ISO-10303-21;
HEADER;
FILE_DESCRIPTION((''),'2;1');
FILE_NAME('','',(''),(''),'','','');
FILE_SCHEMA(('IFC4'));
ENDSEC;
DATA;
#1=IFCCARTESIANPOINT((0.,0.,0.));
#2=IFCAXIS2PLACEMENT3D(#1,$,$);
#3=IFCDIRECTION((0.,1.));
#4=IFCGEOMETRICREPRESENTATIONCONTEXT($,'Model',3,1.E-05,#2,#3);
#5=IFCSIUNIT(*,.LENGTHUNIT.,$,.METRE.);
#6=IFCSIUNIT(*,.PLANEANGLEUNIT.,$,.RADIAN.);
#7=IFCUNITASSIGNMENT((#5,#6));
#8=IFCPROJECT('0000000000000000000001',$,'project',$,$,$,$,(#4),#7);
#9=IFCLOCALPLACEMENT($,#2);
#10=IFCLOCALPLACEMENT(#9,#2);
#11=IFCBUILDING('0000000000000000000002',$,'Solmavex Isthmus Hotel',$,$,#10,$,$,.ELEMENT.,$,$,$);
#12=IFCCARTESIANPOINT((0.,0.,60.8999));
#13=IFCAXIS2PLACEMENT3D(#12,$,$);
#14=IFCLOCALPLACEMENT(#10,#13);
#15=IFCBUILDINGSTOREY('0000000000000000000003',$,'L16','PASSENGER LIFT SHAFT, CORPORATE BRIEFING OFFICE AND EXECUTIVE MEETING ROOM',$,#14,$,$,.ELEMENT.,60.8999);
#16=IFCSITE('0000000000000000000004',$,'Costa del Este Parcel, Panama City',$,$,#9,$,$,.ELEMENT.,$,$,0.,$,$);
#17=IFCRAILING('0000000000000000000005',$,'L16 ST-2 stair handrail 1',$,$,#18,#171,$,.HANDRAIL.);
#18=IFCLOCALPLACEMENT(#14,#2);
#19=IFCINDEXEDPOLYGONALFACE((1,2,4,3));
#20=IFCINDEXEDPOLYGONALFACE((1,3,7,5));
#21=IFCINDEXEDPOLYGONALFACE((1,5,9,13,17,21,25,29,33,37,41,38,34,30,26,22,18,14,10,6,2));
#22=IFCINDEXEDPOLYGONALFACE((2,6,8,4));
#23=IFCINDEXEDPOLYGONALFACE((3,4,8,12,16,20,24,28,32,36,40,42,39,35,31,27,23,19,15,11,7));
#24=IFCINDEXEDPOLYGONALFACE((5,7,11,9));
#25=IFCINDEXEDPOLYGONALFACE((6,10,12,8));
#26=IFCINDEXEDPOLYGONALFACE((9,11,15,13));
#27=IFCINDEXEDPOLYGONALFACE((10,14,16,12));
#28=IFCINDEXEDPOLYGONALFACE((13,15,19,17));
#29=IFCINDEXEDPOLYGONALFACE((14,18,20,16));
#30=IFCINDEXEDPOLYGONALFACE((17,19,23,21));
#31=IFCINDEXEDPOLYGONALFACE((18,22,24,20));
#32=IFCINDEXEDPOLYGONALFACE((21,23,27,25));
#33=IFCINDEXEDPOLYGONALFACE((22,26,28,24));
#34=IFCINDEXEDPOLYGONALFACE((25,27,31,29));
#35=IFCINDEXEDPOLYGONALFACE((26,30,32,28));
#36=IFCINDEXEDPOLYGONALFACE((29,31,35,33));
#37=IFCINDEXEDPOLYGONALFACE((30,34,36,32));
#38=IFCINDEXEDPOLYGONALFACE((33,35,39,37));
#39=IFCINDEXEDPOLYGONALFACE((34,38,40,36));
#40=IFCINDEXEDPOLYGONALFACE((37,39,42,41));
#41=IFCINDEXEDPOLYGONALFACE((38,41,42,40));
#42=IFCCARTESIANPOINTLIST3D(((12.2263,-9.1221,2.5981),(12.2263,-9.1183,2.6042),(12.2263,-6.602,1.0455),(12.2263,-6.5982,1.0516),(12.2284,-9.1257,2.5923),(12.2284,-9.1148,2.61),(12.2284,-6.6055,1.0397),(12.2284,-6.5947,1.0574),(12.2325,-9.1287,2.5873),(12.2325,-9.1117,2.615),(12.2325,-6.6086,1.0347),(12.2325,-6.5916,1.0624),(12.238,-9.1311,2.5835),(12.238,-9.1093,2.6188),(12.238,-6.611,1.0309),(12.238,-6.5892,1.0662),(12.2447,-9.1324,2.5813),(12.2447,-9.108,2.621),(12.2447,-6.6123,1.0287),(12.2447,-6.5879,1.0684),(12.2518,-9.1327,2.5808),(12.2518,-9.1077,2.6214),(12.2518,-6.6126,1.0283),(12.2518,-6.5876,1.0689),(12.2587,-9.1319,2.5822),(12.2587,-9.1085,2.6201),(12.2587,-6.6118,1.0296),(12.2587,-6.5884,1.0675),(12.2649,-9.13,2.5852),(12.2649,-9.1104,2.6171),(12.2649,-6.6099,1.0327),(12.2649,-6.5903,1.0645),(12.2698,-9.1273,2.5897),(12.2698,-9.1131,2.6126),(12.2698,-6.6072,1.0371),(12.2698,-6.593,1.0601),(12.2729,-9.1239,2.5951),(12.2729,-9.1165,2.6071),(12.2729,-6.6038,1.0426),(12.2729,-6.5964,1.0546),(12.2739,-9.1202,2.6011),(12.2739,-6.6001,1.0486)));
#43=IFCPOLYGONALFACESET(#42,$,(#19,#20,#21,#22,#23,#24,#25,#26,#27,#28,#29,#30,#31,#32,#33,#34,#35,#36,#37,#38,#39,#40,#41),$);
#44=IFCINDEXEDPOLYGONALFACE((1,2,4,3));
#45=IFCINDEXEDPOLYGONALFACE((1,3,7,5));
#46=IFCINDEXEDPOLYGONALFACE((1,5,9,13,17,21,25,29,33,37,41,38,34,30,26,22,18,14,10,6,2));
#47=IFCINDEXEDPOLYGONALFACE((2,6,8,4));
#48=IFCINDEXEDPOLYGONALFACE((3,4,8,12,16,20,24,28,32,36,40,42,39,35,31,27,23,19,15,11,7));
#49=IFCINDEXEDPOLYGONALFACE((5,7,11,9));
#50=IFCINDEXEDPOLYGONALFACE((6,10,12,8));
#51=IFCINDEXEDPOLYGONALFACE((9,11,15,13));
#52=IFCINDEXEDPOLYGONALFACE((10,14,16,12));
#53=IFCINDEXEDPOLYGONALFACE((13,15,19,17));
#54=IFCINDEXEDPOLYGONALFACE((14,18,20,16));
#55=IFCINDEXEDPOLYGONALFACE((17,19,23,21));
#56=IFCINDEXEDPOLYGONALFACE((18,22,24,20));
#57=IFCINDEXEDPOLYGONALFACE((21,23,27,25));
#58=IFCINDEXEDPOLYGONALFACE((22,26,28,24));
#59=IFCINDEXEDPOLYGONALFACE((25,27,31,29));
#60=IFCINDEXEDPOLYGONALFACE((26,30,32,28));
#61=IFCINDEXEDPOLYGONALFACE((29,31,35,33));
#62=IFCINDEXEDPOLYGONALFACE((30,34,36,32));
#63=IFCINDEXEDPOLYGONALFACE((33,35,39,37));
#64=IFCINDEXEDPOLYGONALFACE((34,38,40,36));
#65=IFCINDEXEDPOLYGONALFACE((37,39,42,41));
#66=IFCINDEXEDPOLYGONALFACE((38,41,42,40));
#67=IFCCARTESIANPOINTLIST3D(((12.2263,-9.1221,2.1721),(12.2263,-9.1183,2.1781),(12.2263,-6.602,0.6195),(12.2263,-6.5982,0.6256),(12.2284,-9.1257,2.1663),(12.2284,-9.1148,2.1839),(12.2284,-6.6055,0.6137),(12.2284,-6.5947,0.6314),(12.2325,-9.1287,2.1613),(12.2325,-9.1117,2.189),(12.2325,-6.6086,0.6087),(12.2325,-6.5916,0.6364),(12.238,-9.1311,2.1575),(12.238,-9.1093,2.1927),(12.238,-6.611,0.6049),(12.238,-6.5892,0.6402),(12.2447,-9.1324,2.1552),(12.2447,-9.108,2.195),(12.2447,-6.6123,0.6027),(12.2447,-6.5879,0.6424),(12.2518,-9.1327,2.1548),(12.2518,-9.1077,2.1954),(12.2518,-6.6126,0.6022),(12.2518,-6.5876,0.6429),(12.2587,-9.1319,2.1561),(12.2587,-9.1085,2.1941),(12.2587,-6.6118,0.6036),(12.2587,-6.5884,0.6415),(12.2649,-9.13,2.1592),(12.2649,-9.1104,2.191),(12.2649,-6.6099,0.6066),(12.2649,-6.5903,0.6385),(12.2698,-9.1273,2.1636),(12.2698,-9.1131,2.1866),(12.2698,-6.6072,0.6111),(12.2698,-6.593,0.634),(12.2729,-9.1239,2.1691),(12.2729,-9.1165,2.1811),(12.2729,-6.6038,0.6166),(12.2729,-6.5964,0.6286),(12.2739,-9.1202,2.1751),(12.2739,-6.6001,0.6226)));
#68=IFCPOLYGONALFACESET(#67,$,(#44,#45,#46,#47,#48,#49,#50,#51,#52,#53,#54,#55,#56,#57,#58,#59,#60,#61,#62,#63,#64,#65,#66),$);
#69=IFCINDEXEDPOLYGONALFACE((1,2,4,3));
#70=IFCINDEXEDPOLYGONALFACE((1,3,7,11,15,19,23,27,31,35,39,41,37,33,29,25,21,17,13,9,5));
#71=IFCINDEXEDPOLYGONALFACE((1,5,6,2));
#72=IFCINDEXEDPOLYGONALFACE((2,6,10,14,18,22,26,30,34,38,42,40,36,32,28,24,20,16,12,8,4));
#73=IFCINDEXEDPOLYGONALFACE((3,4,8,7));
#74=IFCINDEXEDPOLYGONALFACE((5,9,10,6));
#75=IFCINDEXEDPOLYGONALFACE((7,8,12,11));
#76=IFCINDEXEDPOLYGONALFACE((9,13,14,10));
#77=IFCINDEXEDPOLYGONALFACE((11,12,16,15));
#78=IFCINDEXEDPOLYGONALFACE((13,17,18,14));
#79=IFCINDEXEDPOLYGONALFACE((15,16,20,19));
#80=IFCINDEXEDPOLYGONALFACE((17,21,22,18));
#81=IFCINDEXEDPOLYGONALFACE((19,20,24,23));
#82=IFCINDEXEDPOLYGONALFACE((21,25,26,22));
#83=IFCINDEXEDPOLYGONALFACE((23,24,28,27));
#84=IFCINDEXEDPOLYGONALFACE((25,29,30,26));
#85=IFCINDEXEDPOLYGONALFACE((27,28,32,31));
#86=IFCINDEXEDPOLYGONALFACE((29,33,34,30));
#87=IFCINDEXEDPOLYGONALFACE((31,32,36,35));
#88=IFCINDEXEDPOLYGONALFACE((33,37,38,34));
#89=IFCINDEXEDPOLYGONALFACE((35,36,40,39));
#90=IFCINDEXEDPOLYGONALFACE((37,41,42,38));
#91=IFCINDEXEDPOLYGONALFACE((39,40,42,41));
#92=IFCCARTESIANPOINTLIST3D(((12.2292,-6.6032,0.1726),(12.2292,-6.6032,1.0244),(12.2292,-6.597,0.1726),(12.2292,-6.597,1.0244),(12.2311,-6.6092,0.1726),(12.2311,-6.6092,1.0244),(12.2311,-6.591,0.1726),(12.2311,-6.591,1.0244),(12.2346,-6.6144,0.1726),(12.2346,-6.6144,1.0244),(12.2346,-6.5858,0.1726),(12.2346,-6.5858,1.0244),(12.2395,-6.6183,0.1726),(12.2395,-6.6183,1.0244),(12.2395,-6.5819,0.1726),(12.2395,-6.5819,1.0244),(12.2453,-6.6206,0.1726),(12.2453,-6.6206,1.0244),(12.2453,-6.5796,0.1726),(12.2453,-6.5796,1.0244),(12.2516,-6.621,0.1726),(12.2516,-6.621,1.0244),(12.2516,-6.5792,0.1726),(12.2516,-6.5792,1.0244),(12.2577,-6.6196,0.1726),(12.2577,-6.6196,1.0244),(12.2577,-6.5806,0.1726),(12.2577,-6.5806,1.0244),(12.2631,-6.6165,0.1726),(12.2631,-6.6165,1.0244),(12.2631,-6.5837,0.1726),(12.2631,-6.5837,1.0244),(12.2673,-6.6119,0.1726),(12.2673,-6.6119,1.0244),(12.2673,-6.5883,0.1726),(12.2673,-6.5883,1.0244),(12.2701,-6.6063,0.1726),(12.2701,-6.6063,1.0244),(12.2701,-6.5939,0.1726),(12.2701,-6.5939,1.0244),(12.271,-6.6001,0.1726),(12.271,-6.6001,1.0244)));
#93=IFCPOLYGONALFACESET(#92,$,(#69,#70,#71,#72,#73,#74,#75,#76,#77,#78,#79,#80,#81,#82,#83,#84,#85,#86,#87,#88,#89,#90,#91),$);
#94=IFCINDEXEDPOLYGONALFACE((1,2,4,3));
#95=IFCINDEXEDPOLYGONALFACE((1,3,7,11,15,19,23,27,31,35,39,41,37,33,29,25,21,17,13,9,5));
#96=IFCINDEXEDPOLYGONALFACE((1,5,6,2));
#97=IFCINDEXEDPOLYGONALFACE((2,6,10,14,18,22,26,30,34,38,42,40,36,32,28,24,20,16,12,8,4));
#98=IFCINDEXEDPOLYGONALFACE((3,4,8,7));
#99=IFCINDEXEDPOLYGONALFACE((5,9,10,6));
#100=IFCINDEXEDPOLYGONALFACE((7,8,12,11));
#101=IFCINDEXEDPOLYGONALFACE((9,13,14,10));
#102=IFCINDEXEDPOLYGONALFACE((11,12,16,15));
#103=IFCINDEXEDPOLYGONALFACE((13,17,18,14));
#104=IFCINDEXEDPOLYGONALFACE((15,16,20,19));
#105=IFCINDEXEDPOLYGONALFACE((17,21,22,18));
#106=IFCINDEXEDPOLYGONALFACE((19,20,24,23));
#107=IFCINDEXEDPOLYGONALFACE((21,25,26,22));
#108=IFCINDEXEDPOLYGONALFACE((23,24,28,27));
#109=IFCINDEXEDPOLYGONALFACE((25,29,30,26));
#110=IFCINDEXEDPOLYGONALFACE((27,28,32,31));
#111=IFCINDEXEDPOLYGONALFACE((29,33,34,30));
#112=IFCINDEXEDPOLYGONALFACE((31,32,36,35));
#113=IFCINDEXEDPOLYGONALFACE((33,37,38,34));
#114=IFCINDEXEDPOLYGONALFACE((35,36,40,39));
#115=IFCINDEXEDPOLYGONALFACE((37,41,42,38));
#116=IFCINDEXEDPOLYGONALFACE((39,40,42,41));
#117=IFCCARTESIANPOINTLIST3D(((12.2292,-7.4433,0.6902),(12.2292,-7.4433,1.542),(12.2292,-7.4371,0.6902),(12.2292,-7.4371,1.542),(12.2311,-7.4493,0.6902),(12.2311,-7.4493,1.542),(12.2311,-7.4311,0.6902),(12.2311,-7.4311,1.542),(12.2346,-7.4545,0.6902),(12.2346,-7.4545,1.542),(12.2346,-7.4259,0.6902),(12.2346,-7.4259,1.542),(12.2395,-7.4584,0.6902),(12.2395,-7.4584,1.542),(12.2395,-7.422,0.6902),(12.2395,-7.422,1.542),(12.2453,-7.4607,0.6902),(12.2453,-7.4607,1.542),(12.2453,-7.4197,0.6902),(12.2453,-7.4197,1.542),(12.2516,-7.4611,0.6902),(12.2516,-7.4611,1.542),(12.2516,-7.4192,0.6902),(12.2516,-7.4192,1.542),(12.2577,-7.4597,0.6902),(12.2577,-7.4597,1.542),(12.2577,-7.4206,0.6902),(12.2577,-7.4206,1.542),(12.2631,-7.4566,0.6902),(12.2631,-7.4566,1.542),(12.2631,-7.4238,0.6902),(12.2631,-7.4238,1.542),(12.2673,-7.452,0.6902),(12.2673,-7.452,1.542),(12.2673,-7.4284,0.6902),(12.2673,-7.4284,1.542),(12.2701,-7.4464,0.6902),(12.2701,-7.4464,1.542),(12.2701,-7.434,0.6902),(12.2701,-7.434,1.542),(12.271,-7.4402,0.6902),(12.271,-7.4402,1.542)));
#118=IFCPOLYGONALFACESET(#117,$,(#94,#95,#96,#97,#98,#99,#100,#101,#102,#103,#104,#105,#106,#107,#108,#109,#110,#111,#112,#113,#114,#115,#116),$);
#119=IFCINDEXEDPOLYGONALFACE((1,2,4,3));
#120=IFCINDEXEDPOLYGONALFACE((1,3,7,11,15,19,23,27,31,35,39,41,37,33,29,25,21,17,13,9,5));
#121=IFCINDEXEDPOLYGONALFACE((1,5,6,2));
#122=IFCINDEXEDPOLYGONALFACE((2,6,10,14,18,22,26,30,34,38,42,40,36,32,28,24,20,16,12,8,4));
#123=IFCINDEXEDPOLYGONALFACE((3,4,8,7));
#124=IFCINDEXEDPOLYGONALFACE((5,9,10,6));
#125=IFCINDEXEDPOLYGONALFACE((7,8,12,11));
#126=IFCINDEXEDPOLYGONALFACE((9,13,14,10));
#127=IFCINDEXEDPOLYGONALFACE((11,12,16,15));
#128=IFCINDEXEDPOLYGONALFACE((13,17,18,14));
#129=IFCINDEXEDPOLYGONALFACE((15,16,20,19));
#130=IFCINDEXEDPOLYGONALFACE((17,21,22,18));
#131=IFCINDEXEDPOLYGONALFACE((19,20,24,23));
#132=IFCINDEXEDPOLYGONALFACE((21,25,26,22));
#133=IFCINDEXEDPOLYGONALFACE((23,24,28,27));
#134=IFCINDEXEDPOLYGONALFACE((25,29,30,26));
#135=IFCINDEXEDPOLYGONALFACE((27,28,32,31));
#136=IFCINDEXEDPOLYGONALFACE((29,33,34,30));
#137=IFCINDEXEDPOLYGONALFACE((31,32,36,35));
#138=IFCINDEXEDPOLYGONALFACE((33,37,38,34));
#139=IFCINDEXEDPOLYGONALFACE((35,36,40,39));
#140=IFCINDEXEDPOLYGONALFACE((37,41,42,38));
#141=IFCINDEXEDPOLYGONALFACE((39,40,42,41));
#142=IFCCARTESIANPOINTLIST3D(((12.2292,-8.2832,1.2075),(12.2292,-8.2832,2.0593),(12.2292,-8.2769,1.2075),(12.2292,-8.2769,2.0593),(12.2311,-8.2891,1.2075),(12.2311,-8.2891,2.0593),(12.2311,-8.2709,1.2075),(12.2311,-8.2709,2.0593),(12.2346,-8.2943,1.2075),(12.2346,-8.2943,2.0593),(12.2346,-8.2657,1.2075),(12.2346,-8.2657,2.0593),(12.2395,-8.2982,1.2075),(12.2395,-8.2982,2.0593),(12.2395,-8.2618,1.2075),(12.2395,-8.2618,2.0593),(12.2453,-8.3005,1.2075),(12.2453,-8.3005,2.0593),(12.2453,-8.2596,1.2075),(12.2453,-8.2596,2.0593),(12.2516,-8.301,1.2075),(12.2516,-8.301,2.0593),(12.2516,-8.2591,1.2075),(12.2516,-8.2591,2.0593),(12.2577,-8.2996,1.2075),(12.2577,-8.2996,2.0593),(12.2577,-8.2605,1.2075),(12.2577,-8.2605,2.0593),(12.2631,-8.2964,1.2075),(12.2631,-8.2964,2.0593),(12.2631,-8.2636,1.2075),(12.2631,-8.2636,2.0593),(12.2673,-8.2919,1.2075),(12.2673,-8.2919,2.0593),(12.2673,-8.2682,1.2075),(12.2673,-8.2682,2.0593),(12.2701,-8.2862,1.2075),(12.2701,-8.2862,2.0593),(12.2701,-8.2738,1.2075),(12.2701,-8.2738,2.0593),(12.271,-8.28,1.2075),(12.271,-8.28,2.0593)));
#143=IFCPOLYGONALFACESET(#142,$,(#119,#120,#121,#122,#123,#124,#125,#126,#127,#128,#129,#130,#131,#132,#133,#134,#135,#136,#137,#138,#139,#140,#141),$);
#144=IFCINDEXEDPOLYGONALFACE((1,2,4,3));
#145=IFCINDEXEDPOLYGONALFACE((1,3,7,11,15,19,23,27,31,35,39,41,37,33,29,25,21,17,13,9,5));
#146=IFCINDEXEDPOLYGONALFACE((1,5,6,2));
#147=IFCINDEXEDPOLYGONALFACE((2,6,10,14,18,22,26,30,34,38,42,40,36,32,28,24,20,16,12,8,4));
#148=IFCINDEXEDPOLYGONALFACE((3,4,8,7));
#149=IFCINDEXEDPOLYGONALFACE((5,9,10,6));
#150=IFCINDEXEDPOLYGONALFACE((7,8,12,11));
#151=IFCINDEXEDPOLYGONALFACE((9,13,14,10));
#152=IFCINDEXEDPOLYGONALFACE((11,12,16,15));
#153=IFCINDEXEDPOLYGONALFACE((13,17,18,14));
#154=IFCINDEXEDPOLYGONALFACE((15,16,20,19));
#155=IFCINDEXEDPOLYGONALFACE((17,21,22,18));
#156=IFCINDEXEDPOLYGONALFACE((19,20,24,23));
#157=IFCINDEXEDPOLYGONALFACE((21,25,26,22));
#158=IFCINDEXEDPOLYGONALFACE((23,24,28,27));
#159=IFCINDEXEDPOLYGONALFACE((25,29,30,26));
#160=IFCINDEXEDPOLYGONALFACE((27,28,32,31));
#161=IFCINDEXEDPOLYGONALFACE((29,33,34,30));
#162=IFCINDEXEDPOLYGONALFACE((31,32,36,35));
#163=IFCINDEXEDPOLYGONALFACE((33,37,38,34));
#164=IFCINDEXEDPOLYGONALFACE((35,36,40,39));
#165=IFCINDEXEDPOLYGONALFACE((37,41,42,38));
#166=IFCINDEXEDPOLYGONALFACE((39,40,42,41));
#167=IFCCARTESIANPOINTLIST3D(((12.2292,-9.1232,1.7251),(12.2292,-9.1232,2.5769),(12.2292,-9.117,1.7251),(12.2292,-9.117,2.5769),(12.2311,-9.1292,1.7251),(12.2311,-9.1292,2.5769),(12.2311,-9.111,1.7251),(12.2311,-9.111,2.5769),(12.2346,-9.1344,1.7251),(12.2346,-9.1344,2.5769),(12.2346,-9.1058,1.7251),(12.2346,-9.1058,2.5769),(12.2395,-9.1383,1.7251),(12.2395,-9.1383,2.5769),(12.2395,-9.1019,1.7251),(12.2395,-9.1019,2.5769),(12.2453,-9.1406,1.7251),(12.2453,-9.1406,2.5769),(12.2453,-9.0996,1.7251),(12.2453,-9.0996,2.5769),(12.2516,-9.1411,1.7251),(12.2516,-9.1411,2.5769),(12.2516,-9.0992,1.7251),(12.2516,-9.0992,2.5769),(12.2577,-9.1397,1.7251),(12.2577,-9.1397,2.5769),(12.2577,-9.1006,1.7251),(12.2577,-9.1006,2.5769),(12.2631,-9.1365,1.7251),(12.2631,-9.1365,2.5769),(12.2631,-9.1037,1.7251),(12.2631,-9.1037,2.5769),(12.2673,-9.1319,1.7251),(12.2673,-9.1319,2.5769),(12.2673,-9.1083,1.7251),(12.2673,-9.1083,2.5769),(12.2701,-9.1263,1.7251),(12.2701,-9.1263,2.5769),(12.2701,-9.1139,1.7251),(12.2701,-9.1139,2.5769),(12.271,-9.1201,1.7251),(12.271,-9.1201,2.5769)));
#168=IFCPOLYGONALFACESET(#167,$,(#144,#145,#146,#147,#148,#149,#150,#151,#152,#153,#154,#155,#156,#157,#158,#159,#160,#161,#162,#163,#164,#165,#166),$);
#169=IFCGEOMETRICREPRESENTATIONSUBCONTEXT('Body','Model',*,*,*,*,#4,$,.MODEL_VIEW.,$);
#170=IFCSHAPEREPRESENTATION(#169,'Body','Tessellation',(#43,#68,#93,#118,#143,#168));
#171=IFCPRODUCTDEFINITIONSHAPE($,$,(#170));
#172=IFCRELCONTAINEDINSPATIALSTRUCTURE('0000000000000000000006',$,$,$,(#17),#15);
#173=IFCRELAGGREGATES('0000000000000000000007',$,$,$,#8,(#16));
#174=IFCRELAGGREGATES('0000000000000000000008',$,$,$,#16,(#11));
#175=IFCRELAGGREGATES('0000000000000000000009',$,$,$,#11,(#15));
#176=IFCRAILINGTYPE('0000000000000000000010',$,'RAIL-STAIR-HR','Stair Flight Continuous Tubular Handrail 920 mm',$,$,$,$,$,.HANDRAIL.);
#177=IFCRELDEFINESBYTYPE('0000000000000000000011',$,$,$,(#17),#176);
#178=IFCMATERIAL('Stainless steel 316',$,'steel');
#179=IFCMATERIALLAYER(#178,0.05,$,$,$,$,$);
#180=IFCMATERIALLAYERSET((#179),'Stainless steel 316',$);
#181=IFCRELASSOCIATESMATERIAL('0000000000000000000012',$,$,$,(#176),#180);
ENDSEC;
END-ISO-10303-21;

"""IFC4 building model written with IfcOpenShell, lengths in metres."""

from ifc_helpers import new_model, si_unit, direction, frame, origin, origin_2d, place, context, subcontext, project, spatial, circle, extrude, material, layer, layer_set, type_object, element, save


model = new_model("IFC4")

# Units and contexts
model_context = context("Model", 3, precision=1e-05, world=origin(), true_north=direction((0.0, 1.0)))
body_context = subcontext(model_context, "Body", "Model", "MODEL_VIEW")
ifc_project = project(units=[si_unit("LENGTHUNIT", "METRE"), si_unit("PLANEANGLEUNIT", "RADIAN")], contexts=[model_context])

# Site, building, storey
site_placement = place(None, origin())
site = spatial("IfcSite", under=ifc_project, at=site_placement, Name="Costa del Este Parcel, Panama City", CompositionType="ELEMENT", RefElevation=0.0)
building_placement = place(site_placement, origin())
building = spatial("IfcBuilding", under=site, at=building_placement, Name="Solmavex Isthmus Hotel", CompositionType="ELEMENT")
storey_placement = place(building_placement, frame((0.0, 0.0, 60.8999)))
storey = spatial("IfcBuildingStorey", under=building, at=storey_placement, Name="L16", Description="PASSENGER LIFT SHAFT, CORPORATE BRIEFING OFFICE AND EXECUTIVE MEETING ROOM", CompositionType="ELEMENT", Elevation=60.8999)

# Railing
ifc_material_1 = material(Name="Stainless steel 316", Category="steel")
ifc_layer_1 = layer(ifc_material_1, 0.05)
ifc_layer_set_1 = layer_set([ifc_layer_1], Name="Stainless steel 316")
railing_type_1 = type_object("IfcRailingType", Name="RAIL-STAIR-HR", Description="Stair Flight Continuous Tubular Handrail 920 mm", PredefinedType="HANDRAIL", material=ifc_layer_set_1)
railing_1_placement = place(storey_placement, frame((12.25, -6.6001, 0.1726)))
element("IfcRailing", 1, at=railing_1_placement, inside=storey, type_object=railing_type_1, Name="L16 ST-2 stair handrail 1", PredefinedType="HANDRAIL", context=body_context, shape_type="SweptSolid", body=[
    extrude(circle(Radius=0.0239, at=origin_2d()), frame((0.0, 0.0, 0.876), z_axis=(0.0, -0.8514, 0.524516), x_axis=(1.0, 0.0, 0.0)), (0.0, 0.0, 1.0), 2.96),
    extrude(circle(Radius=0.0239, at=origin_2d()), frame((0.0, 0.0, 0.45), z_axis=(0.0, -0.8514, 0.524516), x_axis=(1.0, 0.0, 0.0)), (0.0, 0.0, 1.0), 2.96),
    extrude(circle(Radius=0.021, at=origin_2d()), origin(), (0.0, 0.0, 1.0), 0.8518),
    extrude(circle(Radius=0.021, at=origin_2d()), frame((0.0, -0.8401, 0.5176)), (0.0, 0.0, 1.0), 0.8518),
    extrude(circle(Radius=0.021, at=origin_2d()), frame((0.0, -1.6799, 1.0349)), (0.0, 0.0, 1.0), 0.8518),
    extrude(circle(Radius=0.021, at=origin_2d()), frame((0.0, -2.52, 1.5525)), (0.0, 0.0, 1.0), 0.8518),
])

save(model, "model.ifc")
